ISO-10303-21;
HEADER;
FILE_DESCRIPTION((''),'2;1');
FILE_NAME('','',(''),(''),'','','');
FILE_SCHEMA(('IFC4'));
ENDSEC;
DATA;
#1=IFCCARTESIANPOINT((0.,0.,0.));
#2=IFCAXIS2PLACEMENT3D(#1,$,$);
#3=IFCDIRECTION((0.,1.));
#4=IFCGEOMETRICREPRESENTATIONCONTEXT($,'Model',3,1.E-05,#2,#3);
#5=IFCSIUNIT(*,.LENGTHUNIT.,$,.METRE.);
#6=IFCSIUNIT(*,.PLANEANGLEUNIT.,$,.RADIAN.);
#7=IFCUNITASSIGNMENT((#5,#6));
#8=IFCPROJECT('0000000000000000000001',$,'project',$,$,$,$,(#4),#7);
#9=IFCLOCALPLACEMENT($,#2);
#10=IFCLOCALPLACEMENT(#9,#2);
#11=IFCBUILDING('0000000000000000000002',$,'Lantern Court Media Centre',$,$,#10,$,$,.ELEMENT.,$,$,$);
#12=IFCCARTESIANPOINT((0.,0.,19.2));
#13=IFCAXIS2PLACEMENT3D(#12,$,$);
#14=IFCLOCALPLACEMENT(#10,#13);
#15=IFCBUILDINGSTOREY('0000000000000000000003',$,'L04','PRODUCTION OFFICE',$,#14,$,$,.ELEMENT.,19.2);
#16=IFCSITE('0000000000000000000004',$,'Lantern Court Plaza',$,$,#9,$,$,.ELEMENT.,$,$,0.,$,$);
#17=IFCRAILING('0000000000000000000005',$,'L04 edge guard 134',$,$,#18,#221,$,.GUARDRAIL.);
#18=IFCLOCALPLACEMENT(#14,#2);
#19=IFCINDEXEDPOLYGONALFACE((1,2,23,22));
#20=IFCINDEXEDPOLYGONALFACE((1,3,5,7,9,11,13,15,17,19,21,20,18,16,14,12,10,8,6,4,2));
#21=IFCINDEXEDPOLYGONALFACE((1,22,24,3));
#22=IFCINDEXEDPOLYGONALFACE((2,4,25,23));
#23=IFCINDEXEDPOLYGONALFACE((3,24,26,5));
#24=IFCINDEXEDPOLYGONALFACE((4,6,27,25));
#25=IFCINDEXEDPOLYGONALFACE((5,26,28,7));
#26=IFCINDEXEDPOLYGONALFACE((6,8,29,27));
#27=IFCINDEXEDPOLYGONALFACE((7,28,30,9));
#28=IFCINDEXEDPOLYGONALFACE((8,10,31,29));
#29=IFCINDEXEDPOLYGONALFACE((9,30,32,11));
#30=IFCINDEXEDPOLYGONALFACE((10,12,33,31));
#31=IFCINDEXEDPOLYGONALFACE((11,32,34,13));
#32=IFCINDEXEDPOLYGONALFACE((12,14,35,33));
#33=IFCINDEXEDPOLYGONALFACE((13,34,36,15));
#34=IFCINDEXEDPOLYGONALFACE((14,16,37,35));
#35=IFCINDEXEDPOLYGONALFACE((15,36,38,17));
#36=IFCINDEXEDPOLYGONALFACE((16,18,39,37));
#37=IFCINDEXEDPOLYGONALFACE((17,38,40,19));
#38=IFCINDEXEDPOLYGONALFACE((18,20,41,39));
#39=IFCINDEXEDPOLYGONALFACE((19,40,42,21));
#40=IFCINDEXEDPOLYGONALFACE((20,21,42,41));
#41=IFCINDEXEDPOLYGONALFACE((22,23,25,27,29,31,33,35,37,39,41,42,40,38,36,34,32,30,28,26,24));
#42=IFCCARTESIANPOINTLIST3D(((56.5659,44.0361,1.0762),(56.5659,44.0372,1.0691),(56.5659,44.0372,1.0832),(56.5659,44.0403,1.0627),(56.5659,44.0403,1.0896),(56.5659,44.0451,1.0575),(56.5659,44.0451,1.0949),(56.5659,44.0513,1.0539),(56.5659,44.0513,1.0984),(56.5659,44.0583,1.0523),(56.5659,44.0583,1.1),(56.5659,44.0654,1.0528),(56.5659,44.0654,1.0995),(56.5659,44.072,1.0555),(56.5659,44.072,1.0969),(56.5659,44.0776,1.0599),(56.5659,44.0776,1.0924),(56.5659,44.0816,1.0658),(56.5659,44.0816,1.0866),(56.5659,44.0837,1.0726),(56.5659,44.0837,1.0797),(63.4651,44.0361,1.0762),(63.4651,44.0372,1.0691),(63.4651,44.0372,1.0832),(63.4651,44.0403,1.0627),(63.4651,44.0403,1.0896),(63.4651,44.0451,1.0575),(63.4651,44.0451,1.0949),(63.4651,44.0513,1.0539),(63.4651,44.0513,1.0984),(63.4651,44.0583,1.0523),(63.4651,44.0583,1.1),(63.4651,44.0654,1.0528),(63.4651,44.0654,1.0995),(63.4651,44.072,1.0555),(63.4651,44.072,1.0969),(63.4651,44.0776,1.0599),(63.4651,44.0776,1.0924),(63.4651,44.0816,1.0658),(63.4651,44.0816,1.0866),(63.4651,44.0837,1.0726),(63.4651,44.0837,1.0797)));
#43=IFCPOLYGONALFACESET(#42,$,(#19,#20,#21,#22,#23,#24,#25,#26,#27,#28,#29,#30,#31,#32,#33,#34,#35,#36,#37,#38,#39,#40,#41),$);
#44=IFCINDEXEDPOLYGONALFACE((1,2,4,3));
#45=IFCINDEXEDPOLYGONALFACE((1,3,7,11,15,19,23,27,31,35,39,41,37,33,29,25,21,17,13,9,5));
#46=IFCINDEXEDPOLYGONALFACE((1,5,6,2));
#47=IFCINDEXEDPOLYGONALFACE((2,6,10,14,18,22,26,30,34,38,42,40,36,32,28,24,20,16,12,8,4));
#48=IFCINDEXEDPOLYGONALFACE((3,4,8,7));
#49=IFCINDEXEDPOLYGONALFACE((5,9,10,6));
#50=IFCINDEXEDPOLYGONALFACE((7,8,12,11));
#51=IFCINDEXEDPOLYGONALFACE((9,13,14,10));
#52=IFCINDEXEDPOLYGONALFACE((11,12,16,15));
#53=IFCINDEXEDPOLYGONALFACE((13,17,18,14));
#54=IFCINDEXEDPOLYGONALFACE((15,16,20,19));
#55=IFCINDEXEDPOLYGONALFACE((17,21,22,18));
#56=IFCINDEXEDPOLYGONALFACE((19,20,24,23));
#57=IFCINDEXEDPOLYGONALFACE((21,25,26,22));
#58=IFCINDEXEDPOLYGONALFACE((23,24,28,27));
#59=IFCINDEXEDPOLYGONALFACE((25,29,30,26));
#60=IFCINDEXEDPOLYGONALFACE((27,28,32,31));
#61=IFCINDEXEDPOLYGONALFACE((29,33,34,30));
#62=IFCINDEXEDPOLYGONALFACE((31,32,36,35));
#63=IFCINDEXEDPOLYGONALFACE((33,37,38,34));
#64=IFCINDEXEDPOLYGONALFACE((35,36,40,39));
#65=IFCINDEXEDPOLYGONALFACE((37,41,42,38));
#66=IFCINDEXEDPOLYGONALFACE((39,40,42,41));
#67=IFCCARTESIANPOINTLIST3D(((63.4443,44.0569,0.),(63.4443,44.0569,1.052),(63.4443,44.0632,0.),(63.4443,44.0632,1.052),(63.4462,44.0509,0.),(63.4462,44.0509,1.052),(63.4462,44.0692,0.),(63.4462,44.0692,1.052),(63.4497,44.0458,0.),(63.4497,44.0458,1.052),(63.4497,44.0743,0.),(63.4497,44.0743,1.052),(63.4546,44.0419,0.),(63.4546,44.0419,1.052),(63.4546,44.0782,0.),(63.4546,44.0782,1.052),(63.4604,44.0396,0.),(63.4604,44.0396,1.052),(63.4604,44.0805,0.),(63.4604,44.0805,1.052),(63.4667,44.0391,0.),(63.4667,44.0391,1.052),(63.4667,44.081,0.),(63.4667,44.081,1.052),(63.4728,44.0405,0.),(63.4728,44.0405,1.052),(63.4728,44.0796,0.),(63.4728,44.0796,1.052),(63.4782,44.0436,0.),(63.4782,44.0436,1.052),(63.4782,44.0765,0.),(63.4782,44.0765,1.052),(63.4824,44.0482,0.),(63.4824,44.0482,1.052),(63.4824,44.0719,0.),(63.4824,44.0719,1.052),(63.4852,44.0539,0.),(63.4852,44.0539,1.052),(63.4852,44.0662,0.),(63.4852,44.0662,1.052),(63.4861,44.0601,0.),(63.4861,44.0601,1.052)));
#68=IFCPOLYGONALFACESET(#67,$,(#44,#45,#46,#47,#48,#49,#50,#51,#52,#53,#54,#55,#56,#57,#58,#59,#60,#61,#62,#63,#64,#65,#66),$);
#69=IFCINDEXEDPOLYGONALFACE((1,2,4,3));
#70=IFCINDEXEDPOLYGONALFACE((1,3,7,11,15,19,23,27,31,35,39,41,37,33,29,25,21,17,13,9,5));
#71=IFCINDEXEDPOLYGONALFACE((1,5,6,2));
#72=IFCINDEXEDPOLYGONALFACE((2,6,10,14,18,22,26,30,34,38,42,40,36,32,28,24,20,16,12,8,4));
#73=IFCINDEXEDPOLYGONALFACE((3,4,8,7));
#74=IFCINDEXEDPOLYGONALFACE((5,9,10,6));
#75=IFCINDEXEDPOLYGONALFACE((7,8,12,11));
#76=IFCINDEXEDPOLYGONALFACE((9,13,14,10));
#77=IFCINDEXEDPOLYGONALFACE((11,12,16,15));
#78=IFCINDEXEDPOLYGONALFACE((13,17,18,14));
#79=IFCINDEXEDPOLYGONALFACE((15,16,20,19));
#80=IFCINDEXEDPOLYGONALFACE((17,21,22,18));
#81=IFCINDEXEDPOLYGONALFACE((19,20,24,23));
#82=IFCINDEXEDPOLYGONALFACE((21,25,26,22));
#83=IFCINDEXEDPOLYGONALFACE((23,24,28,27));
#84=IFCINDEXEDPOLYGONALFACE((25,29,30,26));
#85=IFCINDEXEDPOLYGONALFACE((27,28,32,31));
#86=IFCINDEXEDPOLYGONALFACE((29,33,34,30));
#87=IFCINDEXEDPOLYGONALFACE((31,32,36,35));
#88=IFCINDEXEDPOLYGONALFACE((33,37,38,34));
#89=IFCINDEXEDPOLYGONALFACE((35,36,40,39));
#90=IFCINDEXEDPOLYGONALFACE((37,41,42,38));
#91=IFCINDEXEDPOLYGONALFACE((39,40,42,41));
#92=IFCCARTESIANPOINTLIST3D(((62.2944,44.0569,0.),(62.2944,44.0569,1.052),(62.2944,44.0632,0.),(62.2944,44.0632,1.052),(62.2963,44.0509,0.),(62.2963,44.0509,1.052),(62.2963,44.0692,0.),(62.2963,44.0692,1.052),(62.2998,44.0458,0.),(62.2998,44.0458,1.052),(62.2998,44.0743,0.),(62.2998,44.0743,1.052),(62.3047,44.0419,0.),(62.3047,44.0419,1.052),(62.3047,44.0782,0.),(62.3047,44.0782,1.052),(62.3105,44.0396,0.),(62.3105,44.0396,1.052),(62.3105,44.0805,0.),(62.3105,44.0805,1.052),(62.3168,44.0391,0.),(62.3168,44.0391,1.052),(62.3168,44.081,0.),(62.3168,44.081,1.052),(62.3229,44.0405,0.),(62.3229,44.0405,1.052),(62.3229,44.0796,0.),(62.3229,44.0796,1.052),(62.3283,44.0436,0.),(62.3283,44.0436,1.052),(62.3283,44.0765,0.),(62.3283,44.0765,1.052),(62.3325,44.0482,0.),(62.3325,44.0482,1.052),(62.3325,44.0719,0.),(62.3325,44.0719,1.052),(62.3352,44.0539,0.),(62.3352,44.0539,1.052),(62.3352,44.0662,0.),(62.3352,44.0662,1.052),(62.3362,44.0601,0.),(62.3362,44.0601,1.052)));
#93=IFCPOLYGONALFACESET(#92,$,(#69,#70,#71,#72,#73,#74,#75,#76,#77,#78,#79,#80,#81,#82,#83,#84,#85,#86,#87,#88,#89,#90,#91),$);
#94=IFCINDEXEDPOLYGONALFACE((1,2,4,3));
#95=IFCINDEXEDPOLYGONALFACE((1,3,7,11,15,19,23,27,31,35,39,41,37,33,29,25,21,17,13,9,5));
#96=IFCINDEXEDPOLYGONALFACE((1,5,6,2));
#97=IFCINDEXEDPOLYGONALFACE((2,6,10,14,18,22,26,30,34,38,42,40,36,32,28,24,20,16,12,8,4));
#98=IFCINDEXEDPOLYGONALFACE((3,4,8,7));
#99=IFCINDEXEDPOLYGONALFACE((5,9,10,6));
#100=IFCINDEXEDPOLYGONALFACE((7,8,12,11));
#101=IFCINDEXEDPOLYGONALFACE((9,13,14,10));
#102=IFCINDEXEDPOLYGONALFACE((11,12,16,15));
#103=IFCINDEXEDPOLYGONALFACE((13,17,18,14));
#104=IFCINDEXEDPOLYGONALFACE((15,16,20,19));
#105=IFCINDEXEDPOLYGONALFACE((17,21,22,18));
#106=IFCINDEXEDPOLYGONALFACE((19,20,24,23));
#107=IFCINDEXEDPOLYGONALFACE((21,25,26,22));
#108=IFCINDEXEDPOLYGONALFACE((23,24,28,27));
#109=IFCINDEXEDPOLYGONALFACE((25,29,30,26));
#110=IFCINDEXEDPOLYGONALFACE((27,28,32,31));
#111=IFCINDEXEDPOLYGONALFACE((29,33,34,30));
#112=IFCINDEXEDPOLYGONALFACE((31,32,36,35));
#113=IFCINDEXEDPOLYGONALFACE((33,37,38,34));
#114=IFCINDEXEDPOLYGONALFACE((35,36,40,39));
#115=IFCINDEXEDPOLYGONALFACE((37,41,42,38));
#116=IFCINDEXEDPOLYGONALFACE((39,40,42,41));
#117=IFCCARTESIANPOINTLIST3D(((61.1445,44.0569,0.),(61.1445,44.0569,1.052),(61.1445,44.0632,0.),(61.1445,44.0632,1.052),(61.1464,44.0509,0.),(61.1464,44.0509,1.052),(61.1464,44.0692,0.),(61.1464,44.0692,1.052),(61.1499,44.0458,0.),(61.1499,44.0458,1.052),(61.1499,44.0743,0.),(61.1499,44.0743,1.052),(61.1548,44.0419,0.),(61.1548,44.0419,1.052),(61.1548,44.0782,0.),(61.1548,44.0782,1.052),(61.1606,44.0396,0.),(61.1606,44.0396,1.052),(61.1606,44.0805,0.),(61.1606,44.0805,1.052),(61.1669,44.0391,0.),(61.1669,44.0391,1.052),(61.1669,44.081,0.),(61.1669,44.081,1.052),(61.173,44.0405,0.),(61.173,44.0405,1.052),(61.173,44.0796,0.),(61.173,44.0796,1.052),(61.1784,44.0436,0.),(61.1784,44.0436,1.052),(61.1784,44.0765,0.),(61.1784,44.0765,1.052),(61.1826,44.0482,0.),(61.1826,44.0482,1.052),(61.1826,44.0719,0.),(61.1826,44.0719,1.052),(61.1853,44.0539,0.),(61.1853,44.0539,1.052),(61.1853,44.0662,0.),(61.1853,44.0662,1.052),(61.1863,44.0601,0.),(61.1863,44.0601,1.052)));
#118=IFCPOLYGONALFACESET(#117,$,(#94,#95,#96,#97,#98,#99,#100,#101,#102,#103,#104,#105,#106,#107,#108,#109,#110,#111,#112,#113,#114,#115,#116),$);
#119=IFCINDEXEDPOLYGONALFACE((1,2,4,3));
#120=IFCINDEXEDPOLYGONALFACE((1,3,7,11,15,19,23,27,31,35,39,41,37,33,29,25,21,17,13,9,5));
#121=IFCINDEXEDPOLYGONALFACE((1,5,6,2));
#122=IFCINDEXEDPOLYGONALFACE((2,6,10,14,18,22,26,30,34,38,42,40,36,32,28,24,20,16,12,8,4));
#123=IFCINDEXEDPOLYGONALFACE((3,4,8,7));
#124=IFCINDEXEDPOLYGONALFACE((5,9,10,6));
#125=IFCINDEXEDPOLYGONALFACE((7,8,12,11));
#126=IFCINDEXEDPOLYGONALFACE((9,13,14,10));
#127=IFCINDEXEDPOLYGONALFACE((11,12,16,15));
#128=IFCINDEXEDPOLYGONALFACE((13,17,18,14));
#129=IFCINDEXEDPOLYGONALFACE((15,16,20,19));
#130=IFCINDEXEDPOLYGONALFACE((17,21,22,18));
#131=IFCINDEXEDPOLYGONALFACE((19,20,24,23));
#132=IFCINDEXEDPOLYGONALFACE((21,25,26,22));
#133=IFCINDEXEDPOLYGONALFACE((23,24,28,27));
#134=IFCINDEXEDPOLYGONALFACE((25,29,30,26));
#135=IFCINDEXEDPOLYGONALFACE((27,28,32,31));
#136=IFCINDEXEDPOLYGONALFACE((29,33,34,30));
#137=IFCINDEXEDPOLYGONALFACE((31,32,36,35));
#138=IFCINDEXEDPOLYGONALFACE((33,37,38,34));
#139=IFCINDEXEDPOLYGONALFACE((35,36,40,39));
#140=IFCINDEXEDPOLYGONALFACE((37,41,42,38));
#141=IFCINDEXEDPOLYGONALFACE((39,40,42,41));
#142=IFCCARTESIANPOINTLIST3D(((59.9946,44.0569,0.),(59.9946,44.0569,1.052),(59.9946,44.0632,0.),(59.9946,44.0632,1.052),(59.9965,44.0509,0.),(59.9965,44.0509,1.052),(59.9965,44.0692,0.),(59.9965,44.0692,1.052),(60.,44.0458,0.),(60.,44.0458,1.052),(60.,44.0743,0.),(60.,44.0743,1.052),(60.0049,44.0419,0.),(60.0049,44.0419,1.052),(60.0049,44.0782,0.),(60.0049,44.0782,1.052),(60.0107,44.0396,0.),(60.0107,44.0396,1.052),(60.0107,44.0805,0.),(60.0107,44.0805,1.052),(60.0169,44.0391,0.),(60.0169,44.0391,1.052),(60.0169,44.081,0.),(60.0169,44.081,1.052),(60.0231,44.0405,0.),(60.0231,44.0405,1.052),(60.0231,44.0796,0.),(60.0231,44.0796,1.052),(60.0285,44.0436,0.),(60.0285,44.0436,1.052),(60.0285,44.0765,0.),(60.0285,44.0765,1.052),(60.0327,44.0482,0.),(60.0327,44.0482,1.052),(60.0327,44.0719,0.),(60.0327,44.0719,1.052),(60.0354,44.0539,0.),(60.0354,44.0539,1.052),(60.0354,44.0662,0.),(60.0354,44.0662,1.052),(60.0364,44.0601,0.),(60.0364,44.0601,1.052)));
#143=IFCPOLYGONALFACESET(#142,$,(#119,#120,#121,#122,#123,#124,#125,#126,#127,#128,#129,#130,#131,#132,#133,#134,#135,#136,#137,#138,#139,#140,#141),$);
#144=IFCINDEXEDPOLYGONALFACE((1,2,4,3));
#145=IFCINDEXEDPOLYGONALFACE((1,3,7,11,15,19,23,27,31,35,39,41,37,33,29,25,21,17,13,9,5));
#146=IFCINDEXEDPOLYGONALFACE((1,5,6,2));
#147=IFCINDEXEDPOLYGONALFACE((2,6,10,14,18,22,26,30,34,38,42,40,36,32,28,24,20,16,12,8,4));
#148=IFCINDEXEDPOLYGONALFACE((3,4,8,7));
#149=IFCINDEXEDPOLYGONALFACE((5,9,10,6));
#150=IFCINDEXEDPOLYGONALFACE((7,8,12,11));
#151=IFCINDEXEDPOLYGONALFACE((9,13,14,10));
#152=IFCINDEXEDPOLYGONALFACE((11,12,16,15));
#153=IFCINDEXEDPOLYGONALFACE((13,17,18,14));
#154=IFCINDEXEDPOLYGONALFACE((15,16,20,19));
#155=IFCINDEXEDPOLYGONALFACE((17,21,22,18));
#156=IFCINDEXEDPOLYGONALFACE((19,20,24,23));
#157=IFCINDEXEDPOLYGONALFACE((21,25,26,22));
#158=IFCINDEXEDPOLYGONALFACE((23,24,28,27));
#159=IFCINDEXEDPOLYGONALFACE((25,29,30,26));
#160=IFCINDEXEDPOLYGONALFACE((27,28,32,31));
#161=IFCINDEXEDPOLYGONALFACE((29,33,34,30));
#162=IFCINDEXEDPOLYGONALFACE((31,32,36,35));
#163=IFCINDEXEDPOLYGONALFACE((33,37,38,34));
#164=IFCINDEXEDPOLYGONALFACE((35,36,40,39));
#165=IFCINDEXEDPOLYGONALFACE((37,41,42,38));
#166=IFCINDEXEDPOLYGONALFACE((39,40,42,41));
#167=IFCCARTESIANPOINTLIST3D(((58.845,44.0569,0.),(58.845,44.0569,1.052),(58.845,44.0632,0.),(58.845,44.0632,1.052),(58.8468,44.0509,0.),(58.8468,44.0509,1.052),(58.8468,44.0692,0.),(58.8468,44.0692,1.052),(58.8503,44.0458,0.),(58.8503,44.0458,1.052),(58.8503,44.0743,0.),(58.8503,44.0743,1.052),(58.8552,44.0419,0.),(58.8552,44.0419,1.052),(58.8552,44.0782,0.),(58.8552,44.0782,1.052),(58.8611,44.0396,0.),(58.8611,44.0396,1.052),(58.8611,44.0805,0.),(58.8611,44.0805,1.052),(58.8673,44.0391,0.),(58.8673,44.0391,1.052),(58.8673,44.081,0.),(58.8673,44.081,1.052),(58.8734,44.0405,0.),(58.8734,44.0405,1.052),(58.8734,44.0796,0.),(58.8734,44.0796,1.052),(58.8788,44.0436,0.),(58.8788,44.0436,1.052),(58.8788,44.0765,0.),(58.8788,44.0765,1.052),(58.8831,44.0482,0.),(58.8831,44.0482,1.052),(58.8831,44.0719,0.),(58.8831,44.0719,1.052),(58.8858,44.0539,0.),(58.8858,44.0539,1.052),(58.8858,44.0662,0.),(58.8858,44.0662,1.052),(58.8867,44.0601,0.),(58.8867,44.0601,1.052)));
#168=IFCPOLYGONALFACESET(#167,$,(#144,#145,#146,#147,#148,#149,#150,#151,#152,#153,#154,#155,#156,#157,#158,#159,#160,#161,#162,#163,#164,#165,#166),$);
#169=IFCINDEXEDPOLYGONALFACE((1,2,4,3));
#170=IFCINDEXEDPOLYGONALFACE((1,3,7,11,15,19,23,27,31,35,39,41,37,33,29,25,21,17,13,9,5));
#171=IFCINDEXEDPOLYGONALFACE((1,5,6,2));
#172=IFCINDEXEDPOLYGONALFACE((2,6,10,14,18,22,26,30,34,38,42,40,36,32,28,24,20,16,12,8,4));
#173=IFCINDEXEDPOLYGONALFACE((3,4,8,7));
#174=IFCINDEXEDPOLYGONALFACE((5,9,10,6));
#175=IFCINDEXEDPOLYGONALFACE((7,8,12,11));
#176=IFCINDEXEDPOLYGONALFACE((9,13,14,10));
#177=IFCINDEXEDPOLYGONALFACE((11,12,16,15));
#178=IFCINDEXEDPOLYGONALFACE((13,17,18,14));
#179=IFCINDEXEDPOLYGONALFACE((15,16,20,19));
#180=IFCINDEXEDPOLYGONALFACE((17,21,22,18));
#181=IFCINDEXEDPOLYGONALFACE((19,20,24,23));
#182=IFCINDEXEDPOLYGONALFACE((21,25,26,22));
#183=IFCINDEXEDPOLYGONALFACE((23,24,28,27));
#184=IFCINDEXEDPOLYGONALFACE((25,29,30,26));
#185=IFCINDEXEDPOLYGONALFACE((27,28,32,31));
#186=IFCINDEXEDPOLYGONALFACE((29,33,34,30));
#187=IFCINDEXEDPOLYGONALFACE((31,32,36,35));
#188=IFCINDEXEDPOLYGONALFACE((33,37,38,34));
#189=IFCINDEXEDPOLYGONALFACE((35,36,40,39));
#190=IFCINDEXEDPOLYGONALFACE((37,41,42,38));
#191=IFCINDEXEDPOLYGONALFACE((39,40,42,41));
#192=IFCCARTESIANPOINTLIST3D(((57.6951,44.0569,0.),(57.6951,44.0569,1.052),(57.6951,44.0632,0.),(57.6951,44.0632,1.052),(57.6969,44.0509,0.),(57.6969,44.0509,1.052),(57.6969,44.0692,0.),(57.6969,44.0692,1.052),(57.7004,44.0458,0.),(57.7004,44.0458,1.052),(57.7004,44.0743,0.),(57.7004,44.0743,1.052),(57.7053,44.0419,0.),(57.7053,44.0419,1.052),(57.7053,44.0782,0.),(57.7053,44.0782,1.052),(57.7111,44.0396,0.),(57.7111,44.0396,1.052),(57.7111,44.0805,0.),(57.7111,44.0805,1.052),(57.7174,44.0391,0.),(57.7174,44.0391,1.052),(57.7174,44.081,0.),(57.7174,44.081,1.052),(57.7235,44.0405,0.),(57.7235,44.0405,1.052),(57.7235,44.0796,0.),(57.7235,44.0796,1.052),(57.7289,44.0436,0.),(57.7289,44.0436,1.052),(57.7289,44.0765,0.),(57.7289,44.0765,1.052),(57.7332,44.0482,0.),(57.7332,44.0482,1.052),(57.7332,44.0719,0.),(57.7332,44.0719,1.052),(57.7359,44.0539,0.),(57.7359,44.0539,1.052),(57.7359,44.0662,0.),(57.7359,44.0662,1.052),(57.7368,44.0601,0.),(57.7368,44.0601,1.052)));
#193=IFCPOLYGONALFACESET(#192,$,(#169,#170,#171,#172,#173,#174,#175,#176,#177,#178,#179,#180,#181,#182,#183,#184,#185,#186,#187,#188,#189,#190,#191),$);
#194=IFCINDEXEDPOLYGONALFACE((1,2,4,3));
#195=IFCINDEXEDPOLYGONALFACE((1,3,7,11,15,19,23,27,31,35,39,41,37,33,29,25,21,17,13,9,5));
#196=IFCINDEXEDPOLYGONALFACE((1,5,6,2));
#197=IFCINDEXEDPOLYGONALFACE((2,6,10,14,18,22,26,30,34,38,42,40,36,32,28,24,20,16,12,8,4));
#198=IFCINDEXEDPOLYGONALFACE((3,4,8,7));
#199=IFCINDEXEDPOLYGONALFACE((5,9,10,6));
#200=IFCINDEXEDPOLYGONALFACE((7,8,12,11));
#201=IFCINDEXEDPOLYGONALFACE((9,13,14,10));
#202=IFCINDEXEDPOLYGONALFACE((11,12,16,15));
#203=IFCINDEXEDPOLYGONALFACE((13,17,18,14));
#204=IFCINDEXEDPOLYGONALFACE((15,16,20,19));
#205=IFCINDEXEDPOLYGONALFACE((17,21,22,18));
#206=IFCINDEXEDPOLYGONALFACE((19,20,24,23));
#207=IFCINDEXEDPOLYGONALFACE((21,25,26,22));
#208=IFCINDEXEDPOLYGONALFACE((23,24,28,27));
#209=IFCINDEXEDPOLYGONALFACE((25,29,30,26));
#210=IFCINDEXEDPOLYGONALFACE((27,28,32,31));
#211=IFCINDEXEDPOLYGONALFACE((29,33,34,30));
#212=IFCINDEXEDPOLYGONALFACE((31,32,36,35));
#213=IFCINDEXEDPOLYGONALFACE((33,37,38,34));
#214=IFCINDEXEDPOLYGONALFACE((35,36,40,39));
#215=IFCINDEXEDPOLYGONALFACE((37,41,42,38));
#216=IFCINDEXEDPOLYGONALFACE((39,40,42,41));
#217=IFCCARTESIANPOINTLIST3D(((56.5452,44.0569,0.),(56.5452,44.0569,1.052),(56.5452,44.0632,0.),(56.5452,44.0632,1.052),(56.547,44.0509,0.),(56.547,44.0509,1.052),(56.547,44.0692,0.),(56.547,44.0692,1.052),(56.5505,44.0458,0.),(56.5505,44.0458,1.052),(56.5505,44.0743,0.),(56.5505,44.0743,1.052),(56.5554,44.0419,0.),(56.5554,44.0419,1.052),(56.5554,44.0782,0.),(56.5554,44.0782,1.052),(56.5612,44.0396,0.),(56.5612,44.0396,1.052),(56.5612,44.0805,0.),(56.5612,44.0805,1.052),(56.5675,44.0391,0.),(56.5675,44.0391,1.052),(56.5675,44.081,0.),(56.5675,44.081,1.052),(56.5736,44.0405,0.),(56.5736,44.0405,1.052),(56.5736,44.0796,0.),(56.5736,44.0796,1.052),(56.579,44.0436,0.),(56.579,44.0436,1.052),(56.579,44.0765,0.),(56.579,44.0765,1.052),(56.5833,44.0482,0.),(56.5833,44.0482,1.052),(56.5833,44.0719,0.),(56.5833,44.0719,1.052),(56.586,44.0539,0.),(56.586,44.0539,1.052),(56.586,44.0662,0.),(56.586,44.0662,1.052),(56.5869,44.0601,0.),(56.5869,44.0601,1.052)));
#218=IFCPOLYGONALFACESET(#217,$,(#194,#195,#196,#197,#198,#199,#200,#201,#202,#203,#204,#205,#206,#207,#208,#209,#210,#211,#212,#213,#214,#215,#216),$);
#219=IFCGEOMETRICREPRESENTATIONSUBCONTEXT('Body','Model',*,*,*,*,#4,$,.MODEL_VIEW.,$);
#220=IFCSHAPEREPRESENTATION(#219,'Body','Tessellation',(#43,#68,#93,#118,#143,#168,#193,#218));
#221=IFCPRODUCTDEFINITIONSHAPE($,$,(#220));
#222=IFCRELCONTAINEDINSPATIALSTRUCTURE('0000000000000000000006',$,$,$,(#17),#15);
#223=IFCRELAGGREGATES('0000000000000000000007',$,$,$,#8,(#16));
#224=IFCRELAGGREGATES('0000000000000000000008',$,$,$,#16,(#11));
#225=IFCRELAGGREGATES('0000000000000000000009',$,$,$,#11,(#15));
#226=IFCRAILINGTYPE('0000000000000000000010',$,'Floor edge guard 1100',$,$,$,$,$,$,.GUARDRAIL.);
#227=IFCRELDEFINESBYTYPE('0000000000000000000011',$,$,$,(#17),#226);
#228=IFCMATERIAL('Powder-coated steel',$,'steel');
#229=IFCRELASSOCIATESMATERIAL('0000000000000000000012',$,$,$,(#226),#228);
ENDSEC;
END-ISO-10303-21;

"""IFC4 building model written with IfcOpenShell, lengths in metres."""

from ifc_helpers import new_model, si_unit, direction, frame, origin, origin_2d, place, context, subcontext, project, spatial, circle, extrude, material, type_object, element, save


model = new_model("IFC4")

# Units and contexts
model_context = context("Model", 3, precision=1e-05, world=origin(), true_north=direction((0.0, 1.0)))
body_context = subcontext(model_context, "Body", "Model", "MODEL_VIEW")
ifc_project = project(units=[si_unit("LENGTHUNIT", "METRE"), si_unit("PLANEANGLEUNIT", "RADIAN")], contexts=[model_context])

# Site, building, storey
site_placement = place(None, origin())
site = spatial("IfcSite", under=ifc_project, at=site_placement, Name="Lantern Court Plaza", CompositionType="ELEMENT", RefElevation=0.0)
building_placement = place(site_placement, origin())
building = spatial("IfcBuilding", under=site, at=building_placement, Name="Lantern Court Media Centre", CompositionType="ELEMENT")
storey_placement = place(building_placement, frame((0.0, 0.0, 19.2)))
storey = spatial("IfcBuildingStorey", under=building, at=storey_placement, Name="L04", Description="PRODUCTION OFFICE", CompositionType="ELEMENT", Elevation=19.2)

# Railing
ifc_material_1 = material(Name="Powder-coated steel", Category="steel")
railing_type = type_object("IfcRailingType", Name="Floor edge guard 1100", PredefinedType="GUARDRAIL", material=ifc_material_1)
railing_placement = place(storey_placement, frame((63.4651, 44.0601, 0.0)))
element("IfcRailing", 1, at=railing_placement, inside=storey, type_object=railing_type, Name="L04 edge guard 134", PredefinedType="GUARDRAIL", context=body_context, shape_type="SweptSolid", body=[
    extrude(circle(Radius=0.0239, at=origin_2d()), frame((0.0, 0.0, 1.0762), z_axis=(-1.0, 0.0, 0.0), x_axis=(0.0, -1.0, 0.0)), (0.0, 0.0, 1.0), 6.8992),
    extrude(circle(Radius=0.021, at=origin_2d()), origin(), (0.0, 0.0, 1.0), 1.052),
    extrude(circle(Radius=0.021, at=origin_2d()), frame((-1.1499, 0.0, 0.0)), (0.0, 0.0, 1.0), 1.052),
    extrude(circle(Radius=0.021, at=origin_2d()), frame((-2.2998, 0.0, 0.0)), (0.0, 0.0, 1.0), 1.052),
    extrude(circle(Radius=0.021, at=origin_2d()), frame((-3.4497, 0.0, 0.0)), (0.0, 0.0, 1.0), 1.052),
    extrude(circle(Radius=0.021, at=origin_2d()), frame((-4.5994, 0.0, 0.0)), (0.0, 0.0, 1.0), 1.052),
    extrude(circle(Radius=0.021, at=origin_2d()), frame((-5.7493, 0.0, 0.0)), (0.0, 0.0, 1.0), 1.052),
    extrude(circle(Radius=0.021, at=origin_2d()), frame((-6.8992, 0.0, 0.0)), (0.0, 0.0, 1.0), 1.052),
])

save(model, "model.ifc")
